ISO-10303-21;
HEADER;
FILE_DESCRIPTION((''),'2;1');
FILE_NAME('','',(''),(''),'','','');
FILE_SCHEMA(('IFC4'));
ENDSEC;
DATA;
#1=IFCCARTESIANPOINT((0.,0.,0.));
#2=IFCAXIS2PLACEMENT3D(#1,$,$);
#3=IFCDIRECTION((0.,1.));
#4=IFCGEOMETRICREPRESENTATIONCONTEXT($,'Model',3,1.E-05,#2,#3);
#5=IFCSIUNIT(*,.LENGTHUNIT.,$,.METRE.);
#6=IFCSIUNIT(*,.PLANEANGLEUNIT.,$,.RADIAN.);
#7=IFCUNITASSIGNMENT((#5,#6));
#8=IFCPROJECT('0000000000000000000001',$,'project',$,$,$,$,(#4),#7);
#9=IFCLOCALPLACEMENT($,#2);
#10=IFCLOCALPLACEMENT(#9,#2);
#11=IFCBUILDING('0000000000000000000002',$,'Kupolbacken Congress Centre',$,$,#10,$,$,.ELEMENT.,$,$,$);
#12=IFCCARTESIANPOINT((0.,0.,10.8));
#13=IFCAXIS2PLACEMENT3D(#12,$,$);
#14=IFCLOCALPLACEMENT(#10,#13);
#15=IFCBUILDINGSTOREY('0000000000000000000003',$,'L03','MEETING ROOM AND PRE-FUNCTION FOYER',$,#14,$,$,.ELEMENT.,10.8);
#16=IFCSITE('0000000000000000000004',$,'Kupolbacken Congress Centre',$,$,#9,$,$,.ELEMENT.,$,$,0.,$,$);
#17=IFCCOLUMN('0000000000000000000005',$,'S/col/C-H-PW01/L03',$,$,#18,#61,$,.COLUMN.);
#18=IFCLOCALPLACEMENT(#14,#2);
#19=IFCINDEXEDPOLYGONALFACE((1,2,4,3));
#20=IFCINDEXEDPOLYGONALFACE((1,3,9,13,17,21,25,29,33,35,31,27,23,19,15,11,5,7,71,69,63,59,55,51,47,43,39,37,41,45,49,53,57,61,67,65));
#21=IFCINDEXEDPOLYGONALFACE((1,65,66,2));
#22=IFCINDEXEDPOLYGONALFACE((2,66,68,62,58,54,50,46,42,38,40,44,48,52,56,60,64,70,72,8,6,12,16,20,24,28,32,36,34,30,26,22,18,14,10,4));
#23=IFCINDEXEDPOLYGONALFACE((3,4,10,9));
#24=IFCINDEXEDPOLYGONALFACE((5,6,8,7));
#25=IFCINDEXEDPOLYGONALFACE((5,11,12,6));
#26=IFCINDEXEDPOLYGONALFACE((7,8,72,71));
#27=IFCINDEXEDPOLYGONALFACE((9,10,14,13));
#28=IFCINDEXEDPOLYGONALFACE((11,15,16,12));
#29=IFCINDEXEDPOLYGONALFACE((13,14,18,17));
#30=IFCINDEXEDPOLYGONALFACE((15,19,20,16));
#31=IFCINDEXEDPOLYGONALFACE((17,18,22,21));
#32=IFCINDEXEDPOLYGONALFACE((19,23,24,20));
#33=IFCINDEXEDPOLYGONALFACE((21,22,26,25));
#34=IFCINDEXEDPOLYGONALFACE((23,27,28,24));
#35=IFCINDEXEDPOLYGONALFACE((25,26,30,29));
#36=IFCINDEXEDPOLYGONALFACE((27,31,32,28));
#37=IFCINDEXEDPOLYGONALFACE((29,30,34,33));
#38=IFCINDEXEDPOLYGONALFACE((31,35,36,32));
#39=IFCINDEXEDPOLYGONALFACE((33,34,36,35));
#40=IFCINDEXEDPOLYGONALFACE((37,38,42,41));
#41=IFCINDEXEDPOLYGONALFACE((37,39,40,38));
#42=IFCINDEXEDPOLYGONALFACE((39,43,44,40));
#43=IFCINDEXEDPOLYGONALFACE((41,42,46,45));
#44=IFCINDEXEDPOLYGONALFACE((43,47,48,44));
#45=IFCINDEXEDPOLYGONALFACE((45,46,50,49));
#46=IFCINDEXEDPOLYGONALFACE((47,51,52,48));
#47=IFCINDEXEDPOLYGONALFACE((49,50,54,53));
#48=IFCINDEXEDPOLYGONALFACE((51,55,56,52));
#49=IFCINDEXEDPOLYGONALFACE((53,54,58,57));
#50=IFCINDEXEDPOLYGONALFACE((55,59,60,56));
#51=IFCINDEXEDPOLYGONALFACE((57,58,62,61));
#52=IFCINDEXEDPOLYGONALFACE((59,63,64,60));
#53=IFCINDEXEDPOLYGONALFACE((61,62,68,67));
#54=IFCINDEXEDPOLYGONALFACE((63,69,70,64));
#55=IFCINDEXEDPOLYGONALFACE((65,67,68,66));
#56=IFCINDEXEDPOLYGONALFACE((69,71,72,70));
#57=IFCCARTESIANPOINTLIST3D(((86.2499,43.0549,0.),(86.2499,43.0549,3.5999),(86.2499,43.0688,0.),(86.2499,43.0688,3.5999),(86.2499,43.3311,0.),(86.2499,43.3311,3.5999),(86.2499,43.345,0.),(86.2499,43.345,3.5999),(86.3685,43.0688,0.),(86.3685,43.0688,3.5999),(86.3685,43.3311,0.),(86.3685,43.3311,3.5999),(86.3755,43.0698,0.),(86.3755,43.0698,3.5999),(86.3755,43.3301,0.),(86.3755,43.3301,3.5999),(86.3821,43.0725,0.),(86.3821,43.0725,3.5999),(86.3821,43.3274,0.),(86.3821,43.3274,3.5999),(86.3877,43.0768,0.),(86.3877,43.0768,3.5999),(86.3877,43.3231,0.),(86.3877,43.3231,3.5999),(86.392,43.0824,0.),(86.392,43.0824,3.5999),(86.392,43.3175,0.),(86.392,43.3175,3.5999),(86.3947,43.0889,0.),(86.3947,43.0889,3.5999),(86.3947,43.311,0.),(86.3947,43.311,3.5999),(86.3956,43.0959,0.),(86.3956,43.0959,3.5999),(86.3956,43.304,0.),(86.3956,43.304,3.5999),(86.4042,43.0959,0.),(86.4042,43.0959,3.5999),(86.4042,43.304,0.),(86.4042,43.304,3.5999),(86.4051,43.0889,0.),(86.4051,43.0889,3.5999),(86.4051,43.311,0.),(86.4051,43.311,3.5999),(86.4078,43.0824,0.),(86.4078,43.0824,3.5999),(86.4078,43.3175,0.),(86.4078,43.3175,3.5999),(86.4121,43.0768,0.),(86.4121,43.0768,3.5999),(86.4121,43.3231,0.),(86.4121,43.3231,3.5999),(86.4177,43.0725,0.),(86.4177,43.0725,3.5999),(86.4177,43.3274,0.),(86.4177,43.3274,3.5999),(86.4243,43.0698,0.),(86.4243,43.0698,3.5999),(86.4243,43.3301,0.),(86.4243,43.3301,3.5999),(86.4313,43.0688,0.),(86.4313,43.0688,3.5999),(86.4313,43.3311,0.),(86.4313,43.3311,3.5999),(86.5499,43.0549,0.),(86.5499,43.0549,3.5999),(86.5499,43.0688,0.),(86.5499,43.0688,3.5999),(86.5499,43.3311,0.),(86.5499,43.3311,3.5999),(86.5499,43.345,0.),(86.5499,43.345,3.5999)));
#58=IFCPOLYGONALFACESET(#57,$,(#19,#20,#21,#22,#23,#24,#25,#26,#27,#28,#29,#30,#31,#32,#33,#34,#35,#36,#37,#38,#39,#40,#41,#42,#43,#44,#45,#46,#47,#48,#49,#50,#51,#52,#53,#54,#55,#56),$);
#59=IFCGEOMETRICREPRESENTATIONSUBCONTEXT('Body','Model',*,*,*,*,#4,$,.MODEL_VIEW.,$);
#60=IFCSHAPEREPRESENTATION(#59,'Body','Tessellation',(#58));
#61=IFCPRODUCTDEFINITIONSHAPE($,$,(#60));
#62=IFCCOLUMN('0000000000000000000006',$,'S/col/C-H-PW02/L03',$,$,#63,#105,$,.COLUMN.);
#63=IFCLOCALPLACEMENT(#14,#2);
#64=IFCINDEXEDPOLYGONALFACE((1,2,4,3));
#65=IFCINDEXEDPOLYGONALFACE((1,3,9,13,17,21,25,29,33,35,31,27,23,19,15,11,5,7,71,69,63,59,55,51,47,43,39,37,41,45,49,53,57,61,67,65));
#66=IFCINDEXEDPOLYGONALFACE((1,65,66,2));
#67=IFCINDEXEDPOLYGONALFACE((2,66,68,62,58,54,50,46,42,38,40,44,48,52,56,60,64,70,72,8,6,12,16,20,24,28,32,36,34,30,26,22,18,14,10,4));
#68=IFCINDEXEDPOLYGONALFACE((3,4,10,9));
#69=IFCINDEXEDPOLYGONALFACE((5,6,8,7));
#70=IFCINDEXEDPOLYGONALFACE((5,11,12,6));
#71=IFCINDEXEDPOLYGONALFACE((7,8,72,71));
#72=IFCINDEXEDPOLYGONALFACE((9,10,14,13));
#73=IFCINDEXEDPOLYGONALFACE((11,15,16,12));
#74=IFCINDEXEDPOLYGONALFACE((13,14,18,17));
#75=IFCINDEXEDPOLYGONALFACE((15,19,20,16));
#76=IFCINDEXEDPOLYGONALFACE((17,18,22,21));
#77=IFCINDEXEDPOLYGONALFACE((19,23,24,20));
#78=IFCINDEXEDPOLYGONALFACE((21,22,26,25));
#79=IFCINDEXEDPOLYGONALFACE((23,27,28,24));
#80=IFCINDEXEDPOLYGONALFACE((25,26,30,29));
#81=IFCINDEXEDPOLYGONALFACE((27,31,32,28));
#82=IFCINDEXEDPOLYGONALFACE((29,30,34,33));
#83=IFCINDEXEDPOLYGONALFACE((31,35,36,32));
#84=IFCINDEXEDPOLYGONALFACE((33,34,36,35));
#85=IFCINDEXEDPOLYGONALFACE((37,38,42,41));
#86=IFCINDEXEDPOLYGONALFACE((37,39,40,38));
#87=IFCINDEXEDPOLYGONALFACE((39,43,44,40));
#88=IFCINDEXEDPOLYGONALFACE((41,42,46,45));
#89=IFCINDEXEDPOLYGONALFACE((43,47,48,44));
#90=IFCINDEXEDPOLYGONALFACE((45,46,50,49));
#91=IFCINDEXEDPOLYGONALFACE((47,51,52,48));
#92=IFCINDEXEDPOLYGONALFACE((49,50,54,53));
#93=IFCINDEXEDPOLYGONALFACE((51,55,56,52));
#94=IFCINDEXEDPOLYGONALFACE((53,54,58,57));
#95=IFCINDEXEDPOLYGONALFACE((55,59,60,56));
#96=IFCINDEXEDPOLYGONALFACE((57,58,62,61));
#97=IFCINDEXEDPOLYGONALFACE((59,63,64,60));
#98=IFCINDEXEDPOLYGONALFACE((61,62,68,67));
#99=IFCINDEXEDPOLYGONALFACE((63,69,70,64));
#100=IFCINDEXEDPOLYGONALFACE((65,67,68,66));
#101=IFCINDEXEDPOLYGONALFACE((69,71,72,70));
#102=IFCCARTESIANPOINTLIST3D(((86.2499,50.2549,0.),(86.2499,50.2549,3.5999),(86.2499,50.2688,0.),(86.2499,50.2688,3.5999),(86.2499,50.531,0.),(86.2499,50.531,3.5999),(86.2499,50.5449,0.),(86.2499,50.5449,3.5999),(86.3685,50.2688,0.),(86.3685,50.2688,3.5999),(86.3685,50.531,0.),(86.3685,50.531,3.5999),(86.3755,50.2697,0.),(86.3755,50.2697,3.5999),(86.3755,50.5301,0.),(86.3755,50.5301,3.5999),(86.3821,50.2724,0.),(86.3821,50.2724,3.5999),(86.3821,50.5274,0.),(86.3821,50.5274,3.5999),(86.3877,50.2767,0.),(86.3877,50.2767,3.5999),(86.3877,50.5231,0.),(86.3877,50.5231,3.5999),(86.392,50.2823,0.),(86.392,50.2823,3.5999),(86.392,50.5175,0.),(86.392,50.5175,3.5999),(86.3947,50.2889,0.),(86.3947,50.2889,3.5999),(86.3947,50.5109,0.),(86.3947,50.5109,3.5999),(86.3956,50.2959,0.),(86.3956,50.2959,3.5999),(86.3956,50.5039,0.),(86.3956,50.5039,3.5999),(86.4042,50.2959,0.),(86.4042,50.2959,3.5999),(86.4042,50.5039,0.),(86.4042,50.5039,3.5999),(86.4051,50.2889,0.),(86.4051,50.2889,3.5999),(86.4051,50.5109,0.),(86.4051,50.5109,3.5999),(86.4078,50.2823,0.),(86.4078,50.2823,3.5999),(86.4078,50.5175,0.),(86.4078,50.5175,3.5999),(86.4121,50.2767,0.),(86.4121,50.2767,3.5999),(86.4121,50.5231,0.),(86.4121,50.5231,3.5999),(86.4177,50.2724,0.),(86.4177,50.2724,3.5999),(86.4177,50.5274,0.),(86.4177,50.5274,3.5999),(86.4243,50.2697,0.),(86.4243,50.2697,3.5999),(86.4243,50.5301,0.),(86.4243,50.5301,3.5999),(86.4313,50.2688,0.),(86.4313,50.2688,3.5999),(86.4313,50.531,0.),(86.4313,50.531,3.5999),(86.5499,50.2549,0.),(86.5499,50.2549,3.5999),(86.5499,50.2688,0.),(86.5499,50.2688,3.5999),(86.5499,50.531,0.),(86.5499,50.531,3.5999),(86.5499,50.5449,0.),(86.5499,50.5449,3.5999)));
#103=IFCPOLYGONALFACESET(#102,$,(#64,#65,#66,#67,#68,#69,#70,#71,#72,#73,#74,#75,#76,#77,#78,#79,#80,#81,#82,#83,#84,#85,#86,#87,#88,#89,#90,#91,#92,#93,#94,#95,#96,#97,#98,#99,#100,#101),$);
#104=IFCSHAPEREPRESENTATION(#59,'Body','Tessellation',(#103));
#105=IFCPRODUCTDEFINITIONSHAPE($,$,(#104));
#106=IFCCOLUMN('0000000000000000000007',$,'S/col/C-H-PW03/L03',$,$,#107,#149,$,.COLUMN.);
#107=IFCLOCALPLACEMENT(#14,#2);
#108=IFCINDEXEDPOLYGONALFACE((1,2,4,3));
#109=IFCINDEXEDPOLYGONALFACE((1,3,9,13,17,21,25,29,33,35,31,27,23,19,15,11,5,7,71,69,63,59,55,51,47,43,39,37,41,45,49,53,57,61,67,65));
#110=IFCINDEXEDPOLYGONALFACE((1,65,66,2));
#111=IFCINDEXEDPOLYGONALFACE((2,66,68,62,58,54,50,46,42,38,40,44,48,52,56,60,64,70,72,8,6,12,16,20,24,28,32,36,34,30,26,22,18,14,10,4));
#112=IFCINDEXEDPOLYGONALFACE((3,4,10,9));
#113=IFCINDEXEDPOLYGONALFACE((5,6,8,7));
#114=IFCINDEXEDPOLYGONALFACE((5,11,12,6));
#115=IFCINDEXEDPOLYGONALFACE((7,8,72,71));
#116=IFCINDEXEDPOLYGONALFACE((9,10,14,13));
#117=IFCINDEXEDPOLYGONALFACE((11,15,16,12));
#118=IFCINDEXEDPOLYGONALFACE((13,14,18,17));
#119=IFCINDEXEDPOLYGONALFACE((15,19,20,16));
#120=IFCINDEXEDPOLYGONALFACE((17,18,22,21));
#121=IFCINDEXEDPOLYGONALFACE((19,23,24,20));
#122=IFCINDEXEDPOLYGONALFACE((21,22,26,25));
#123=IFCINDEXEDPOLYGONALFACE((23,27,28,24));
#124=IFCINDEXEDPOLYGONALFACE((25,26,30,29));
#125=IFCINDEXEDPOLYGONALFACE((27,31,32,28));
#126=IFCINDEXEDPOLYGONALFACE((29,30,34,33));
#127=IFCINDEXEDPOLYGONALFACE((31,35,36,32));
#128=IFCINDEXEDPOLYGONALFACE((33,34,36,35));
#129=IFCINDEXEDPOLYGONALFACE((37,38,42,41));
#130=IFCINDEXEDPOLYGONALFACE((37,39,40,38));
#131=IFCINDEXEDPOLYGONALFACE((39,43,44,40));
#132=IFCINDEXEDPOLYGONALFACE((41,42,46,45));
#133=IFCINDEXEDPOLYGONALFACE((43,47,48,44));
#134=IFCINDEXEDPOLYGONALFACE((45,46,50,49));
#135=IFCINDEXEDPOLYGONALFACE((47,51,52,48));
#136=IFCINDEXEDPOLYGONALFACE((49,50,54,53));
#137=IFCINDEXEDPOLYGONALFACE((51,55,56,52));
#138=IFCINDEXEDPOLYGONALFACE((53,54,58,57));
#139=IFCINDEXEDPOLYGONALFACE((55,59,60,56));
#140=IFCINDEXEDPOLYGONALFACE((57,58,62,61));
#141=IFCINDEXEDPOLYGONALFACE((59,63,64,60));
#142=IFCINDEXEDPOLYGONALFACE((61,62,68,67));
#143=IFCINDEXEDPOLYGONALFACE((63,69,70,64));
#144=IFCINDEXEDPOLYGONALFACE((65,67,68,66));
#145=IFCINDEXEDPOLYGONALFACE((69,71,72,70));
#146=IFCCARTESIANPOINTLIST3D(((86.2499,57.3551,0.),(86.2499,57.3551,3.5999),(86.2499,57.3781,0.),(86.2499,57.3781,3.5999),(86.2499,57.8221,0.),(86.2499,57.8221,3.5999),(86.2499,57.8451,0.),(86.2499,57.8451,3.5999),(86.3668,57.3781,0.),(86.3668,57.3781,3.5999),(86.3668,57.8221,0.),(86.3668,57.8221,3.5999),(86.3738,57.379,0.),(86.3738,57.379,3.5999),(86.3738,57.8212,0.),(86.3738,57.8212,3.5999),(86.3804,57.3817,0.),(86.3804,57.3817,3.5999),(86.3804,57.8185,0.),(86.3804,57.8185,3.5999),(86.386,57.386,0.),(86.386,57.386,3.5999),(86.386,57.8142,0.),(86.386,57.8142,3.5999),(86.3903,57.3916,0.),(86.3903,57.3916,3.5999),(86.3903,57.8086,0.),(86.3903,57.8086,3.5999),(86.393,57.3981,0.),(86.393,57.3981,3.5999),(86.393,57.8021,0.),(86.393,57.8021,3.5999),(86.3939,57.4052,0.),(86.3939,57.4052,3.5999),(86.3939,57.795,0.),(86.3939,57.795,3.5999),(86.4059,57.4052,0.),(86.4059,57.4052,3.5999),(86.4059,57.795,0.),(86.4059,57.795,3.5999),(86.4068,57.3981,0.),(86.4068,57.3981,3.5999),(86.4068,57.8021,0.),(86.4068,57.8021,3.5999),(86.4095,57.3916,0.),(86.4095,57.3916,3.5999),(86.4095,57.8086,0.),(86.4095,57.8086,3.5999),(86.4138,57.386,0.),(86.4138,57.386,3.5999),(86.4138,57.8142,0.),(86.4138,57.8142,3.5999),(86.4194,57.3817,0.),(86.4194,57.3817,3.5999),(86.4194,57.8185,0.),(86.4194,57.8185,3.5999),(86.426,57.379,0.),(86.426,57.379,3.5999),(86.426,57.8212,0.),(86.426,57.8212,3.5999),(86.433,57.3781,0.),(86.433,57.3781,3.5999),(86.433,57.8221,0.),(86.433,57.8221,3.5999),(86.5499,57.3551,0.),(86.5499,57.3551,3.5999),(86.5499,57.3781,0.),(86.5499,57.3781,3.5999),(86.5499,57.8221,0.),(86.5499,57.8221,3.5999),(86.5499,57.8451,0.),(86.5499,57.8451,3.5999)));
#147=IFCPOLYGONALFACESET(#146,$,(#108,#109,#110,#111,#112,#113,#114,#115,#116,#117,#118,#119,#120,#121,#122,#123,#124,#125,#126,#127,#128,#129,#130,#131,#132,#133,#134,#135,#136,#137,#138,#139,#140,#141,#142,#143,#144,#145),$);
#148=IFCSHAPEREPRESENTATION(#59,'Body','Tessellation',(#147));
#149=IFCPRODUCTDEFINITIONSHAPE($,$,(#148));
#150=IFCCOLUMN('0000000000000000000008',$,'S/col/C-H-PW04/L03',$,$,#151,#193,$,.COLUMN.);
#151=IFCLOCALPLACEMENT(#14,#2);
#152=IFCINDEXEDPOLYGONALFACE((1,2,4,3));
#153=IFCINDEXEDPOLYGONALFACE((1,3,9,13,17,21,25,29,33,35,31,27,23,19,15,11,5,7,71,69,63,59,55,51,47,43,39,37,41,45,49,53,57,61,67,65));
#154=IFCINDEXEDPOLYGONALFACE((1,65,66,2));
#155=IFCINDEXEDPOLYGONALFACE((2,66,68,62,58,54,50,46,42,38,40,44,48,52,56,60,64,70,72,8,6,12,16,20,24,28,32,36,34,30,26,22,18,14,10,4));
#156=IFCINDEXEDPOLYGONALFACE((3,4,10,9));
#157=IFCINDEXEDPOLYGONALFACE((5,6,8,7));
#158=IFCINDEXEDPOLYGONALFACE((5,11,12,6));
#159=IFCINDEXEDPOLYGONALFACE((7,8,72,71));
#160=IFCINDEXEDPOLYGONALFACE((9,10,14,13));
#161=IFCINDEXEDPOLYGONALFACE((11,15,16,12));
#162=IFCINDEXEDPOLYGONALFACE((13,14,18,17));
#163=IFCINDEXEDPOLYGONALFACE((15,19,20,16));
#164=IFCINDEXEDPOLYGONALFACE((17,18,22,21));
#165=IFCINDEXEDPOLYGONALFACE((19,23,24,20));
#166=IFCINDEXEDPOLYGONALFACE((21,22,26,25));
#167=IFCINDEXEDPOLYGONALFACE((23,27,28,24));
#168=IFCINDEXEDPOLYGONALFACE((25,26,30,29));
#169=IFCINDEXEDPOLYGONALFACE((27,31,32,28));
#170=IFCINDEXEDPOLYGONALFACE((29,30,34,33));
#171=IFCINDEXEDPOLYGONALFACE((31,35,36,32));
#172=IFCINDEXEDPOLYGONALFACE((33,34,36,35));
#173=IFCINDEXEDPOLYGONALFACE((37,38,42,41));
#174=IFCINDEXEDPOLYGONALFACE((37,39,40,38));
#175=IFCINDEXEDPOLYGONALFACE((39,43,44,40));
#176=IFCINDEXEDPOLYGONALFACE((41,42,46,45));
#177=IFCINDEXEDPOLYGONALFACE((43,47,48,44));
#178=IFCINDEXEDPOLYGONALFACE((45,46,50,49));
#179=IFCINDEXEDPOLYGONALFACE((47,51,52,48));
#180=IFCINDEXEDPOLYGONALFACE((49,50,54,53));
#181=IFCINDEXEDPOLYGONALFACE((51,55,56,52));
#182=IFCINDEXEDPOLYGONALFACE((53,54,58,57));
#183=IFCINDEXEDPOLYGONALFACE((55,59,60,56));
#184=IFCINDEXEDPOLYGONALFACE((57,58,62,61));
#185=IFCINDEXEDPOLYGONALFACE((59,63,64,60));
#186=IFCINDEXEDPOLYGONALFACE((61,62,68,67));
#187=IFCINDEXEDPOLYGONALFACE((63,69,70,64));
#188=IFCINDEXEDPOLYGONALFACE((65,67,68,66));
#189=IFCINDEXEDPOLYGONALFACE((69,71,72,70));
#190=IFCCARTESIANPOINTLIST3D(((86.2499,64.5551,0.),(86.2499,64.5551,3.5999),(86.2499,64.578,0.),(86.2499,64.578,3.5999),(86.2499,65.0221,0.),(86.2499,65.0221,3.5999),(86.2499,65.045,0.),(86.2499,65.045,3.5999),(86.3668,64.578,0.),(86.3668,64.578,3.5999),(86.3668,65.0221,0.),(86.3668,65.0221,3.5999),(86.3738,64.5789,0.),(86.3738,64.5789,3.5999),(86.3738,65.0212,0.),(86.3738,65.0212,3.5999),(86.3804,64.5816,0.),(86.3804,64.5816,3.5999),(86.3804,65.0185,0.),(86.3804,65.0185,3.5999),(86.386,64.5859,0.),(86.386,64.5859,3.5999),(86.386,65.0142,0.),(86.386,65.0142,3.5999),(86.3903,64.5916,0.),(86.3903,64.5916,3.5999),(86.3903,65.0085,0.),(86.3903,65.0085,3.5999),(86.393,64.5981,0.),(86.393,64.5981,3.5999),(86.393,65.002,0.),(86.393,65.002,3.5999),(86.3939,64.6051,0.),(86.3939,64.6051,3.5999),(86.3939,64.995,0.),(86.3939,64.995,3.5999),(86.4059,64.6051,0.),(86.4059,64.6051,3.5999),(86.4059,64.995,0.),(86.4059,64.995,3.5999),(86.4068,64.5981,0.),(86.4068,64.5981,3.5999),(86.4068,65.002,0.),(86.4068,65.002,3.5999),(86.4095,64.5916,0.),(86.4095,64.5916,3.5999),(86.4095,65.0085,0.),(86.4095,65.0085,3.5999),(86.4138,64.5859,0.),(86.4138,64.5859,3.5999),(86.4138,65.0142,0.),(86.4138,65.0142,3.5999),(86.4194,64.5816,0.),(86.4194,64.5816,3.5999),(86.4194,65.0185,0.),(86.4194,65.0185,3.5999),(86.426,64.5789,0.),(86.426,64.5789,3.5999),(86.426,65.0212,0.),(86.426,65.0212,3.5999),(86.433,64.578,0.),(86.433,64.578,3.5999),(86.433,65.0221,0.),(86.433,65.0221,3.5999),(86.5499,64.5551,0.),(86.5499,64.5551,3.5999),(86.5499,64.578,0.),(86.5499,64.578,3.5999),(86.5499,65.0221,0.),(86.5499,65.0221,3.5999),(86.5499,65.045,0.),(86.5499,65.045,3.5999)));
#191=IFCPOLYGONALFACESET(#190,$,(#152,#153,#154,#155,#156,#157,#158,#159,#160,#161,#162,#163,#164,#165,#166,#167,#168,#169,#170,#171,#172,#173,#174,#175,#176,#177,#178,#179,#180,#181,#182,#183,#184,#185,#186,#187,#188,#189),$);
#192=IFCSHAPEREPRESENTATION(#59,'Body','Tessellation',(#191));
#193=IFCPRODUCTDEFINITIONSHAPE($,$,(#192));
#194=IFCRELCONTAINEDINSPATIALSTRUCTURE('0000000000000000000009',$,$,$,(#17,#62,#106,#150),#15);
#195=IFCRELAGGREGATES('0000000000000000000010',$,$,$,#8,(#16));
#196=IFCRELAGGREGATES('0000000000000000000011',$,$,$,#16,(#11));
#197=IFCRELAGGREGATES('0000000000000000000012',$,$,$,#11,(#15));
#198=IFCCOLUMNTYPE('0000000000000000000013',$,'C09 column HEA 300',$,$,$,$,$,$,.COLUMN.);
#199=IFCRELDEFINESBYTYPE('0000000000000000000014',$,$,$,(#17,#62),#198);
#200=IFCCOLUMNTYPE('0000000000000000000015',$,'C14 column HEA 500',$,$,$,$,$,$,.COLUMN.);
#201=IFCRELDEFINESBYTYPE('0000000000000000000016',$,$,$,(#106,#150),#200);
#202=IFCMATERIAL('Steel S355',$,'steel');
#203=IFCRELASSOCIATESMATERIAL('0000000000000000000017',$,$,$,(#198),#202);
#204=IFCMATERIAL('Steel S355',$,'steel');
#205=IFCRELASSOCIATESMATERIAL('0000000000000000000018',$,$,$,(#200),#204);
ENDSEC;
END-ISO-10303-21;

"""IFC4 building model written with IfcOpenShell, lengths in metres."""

from ifc_helpers import new_model, si_unit, direction, frame, origin, origin_2d, place, context, subcontext, project, spatial, i_section, extrude, material, material_profile, profile_set, type_object, element, save


model = new_model("IFC4")

# Units and contexts
model_context = context("Model", 3, precision=1e-05, world=origin(), true_north=direction((0.0, 1.0)))
body_context = subcontext(model_context, "Body", "Model", "MODEL_VIEW")
ifc_project = project(units=[si_unit("LENGTHUNIT", "METRE"), si_unit("PLANEANGLEUNIT", "RADIAN")], contexts=[model_context])

# Site, building, storey
site_placement = place(None, origin())
site = spatial("IfcSite", under=ifc_project, at=site_placement, Name="Kupolbacken Congress Centre", CompositionType="ELEMENT", RefElevation=0.0)
building_placement = place(site_placement, origin())
building = spatial("IfcBuilding", under=site, at=building_placement, Name="Kupolbacken Congress Centre", CompositionType="ELEMENT")
storey_placement = place(building_placement, frame((0.0, 0.0, 10.8)))
storey = spatial("IfcBuildingStorey", under=building, at=storey_placement, Name="L03", Description="MEETING ROOM AND PRE-FUNCTION FOYER", CompositionType="ELEMENT", Elevation=10.8)

# Columns
ifc_material_1 = material(Name="Steel S355", Category="steel")
ifc_material_profile_1 = material_profile(ifc_material_1, i_section(OverallWidth=0.3, OverallDepth=0.29, WebThickness=0.0085, FlangeThickness=0.0139, FilletRadius=0.0271, at=origin_2d()), Name="HEA 300")
ifc_profile_set_1 = profile_set([ifc_material_profile_1], Name="Steel S355")
column_type_1 = type_object("IfcColumnType", Name="C09 column HEA 300", PredefinedType="COLUMN", material=ifc_profile_set_1)
for number, where, z_axis, x_axis, name in (
    (1, (86.3999, 43.2, 0.0), (0.0, 0.0, 1.0), (1.0, 0.0, 0.0), "S/col/C-H-PW01/L03"),
    (2, (86.3999, 50.3999, 0.0), (0.0, 0.0, 1.0), (1.0, 0.0, 0.0), "S/col/C-H-PW02/L03"),
):
    element("IfcColumn", number, at=place(storey_placement, frame(where, z_axis=z_axis, x_axis=x_axis)), inside=storey, type_object=column_type_1, Name=name, PredefinedType="COLUMN", context=body_context, shape_type="SweptSolid", body=[
        extrude(i_section(OverallWidth=0.3, OverallDepth=0.29, WebThickness=0.0085, FlangeThickness=0.0139, FilletRadius=0.0271, at=origin_2d()), origin(), (0.0, 0.0, 1.0), 3.5999),
    ])
ifc_material_2 = material(Name="Steel S355", Category="steel")
ifc_material_profile_2 = material_profile(ifc_material_2, i_section(OverallWidth=0.3, OverallDepth=0.49, WebThickness=0.012, FlangeThickness=0.0229, FilletRadius=0.0271, at=origin_2d()), Name="HEA 500")
ifc_profile_set_2 = profile_set([ifc_material_profile_2], Name="Steel S355")
column_type_2 = type_object("IfcColumnType", Name="C14 column HEA 500", PredefinedType="COLUMN", material=ifc_profile_set_2)
for number, where, z_axis, x_axis, name in (
    (3, (86.3999, 57.6001, 0.0), (0.0, 0.0, 1.0), (1.0, 0.0, 0.0), "S/col/C-H-PW03/L03"),
    (4, (86.3999, 64.8, 0.0), (0.0, 0.0, 1.0), (1.0, 0.0, 0.0), "S/col/C-H-PW04/L03"),
):
    element("IfcColumn", number, at=place(storey_placement, frame(where, z_axis=z_axis, x_axis=x_axis)), inside=storey, type_object=column_type_2, Name=name, PredefinedType="COLUMN", context=body_context, shape_type="SweptSolid", body=[
        extrude(i_section(OverallWidth=0.3, OverallDepth=0.49, WebThickness=0.012, FlangeThickness=0.0229, FilletRadius=0.0271, at=origin_2d()), origin(), (0.0, 0.0, 1.0), 3.5999),
    ])

save(model, "model.ifc")
